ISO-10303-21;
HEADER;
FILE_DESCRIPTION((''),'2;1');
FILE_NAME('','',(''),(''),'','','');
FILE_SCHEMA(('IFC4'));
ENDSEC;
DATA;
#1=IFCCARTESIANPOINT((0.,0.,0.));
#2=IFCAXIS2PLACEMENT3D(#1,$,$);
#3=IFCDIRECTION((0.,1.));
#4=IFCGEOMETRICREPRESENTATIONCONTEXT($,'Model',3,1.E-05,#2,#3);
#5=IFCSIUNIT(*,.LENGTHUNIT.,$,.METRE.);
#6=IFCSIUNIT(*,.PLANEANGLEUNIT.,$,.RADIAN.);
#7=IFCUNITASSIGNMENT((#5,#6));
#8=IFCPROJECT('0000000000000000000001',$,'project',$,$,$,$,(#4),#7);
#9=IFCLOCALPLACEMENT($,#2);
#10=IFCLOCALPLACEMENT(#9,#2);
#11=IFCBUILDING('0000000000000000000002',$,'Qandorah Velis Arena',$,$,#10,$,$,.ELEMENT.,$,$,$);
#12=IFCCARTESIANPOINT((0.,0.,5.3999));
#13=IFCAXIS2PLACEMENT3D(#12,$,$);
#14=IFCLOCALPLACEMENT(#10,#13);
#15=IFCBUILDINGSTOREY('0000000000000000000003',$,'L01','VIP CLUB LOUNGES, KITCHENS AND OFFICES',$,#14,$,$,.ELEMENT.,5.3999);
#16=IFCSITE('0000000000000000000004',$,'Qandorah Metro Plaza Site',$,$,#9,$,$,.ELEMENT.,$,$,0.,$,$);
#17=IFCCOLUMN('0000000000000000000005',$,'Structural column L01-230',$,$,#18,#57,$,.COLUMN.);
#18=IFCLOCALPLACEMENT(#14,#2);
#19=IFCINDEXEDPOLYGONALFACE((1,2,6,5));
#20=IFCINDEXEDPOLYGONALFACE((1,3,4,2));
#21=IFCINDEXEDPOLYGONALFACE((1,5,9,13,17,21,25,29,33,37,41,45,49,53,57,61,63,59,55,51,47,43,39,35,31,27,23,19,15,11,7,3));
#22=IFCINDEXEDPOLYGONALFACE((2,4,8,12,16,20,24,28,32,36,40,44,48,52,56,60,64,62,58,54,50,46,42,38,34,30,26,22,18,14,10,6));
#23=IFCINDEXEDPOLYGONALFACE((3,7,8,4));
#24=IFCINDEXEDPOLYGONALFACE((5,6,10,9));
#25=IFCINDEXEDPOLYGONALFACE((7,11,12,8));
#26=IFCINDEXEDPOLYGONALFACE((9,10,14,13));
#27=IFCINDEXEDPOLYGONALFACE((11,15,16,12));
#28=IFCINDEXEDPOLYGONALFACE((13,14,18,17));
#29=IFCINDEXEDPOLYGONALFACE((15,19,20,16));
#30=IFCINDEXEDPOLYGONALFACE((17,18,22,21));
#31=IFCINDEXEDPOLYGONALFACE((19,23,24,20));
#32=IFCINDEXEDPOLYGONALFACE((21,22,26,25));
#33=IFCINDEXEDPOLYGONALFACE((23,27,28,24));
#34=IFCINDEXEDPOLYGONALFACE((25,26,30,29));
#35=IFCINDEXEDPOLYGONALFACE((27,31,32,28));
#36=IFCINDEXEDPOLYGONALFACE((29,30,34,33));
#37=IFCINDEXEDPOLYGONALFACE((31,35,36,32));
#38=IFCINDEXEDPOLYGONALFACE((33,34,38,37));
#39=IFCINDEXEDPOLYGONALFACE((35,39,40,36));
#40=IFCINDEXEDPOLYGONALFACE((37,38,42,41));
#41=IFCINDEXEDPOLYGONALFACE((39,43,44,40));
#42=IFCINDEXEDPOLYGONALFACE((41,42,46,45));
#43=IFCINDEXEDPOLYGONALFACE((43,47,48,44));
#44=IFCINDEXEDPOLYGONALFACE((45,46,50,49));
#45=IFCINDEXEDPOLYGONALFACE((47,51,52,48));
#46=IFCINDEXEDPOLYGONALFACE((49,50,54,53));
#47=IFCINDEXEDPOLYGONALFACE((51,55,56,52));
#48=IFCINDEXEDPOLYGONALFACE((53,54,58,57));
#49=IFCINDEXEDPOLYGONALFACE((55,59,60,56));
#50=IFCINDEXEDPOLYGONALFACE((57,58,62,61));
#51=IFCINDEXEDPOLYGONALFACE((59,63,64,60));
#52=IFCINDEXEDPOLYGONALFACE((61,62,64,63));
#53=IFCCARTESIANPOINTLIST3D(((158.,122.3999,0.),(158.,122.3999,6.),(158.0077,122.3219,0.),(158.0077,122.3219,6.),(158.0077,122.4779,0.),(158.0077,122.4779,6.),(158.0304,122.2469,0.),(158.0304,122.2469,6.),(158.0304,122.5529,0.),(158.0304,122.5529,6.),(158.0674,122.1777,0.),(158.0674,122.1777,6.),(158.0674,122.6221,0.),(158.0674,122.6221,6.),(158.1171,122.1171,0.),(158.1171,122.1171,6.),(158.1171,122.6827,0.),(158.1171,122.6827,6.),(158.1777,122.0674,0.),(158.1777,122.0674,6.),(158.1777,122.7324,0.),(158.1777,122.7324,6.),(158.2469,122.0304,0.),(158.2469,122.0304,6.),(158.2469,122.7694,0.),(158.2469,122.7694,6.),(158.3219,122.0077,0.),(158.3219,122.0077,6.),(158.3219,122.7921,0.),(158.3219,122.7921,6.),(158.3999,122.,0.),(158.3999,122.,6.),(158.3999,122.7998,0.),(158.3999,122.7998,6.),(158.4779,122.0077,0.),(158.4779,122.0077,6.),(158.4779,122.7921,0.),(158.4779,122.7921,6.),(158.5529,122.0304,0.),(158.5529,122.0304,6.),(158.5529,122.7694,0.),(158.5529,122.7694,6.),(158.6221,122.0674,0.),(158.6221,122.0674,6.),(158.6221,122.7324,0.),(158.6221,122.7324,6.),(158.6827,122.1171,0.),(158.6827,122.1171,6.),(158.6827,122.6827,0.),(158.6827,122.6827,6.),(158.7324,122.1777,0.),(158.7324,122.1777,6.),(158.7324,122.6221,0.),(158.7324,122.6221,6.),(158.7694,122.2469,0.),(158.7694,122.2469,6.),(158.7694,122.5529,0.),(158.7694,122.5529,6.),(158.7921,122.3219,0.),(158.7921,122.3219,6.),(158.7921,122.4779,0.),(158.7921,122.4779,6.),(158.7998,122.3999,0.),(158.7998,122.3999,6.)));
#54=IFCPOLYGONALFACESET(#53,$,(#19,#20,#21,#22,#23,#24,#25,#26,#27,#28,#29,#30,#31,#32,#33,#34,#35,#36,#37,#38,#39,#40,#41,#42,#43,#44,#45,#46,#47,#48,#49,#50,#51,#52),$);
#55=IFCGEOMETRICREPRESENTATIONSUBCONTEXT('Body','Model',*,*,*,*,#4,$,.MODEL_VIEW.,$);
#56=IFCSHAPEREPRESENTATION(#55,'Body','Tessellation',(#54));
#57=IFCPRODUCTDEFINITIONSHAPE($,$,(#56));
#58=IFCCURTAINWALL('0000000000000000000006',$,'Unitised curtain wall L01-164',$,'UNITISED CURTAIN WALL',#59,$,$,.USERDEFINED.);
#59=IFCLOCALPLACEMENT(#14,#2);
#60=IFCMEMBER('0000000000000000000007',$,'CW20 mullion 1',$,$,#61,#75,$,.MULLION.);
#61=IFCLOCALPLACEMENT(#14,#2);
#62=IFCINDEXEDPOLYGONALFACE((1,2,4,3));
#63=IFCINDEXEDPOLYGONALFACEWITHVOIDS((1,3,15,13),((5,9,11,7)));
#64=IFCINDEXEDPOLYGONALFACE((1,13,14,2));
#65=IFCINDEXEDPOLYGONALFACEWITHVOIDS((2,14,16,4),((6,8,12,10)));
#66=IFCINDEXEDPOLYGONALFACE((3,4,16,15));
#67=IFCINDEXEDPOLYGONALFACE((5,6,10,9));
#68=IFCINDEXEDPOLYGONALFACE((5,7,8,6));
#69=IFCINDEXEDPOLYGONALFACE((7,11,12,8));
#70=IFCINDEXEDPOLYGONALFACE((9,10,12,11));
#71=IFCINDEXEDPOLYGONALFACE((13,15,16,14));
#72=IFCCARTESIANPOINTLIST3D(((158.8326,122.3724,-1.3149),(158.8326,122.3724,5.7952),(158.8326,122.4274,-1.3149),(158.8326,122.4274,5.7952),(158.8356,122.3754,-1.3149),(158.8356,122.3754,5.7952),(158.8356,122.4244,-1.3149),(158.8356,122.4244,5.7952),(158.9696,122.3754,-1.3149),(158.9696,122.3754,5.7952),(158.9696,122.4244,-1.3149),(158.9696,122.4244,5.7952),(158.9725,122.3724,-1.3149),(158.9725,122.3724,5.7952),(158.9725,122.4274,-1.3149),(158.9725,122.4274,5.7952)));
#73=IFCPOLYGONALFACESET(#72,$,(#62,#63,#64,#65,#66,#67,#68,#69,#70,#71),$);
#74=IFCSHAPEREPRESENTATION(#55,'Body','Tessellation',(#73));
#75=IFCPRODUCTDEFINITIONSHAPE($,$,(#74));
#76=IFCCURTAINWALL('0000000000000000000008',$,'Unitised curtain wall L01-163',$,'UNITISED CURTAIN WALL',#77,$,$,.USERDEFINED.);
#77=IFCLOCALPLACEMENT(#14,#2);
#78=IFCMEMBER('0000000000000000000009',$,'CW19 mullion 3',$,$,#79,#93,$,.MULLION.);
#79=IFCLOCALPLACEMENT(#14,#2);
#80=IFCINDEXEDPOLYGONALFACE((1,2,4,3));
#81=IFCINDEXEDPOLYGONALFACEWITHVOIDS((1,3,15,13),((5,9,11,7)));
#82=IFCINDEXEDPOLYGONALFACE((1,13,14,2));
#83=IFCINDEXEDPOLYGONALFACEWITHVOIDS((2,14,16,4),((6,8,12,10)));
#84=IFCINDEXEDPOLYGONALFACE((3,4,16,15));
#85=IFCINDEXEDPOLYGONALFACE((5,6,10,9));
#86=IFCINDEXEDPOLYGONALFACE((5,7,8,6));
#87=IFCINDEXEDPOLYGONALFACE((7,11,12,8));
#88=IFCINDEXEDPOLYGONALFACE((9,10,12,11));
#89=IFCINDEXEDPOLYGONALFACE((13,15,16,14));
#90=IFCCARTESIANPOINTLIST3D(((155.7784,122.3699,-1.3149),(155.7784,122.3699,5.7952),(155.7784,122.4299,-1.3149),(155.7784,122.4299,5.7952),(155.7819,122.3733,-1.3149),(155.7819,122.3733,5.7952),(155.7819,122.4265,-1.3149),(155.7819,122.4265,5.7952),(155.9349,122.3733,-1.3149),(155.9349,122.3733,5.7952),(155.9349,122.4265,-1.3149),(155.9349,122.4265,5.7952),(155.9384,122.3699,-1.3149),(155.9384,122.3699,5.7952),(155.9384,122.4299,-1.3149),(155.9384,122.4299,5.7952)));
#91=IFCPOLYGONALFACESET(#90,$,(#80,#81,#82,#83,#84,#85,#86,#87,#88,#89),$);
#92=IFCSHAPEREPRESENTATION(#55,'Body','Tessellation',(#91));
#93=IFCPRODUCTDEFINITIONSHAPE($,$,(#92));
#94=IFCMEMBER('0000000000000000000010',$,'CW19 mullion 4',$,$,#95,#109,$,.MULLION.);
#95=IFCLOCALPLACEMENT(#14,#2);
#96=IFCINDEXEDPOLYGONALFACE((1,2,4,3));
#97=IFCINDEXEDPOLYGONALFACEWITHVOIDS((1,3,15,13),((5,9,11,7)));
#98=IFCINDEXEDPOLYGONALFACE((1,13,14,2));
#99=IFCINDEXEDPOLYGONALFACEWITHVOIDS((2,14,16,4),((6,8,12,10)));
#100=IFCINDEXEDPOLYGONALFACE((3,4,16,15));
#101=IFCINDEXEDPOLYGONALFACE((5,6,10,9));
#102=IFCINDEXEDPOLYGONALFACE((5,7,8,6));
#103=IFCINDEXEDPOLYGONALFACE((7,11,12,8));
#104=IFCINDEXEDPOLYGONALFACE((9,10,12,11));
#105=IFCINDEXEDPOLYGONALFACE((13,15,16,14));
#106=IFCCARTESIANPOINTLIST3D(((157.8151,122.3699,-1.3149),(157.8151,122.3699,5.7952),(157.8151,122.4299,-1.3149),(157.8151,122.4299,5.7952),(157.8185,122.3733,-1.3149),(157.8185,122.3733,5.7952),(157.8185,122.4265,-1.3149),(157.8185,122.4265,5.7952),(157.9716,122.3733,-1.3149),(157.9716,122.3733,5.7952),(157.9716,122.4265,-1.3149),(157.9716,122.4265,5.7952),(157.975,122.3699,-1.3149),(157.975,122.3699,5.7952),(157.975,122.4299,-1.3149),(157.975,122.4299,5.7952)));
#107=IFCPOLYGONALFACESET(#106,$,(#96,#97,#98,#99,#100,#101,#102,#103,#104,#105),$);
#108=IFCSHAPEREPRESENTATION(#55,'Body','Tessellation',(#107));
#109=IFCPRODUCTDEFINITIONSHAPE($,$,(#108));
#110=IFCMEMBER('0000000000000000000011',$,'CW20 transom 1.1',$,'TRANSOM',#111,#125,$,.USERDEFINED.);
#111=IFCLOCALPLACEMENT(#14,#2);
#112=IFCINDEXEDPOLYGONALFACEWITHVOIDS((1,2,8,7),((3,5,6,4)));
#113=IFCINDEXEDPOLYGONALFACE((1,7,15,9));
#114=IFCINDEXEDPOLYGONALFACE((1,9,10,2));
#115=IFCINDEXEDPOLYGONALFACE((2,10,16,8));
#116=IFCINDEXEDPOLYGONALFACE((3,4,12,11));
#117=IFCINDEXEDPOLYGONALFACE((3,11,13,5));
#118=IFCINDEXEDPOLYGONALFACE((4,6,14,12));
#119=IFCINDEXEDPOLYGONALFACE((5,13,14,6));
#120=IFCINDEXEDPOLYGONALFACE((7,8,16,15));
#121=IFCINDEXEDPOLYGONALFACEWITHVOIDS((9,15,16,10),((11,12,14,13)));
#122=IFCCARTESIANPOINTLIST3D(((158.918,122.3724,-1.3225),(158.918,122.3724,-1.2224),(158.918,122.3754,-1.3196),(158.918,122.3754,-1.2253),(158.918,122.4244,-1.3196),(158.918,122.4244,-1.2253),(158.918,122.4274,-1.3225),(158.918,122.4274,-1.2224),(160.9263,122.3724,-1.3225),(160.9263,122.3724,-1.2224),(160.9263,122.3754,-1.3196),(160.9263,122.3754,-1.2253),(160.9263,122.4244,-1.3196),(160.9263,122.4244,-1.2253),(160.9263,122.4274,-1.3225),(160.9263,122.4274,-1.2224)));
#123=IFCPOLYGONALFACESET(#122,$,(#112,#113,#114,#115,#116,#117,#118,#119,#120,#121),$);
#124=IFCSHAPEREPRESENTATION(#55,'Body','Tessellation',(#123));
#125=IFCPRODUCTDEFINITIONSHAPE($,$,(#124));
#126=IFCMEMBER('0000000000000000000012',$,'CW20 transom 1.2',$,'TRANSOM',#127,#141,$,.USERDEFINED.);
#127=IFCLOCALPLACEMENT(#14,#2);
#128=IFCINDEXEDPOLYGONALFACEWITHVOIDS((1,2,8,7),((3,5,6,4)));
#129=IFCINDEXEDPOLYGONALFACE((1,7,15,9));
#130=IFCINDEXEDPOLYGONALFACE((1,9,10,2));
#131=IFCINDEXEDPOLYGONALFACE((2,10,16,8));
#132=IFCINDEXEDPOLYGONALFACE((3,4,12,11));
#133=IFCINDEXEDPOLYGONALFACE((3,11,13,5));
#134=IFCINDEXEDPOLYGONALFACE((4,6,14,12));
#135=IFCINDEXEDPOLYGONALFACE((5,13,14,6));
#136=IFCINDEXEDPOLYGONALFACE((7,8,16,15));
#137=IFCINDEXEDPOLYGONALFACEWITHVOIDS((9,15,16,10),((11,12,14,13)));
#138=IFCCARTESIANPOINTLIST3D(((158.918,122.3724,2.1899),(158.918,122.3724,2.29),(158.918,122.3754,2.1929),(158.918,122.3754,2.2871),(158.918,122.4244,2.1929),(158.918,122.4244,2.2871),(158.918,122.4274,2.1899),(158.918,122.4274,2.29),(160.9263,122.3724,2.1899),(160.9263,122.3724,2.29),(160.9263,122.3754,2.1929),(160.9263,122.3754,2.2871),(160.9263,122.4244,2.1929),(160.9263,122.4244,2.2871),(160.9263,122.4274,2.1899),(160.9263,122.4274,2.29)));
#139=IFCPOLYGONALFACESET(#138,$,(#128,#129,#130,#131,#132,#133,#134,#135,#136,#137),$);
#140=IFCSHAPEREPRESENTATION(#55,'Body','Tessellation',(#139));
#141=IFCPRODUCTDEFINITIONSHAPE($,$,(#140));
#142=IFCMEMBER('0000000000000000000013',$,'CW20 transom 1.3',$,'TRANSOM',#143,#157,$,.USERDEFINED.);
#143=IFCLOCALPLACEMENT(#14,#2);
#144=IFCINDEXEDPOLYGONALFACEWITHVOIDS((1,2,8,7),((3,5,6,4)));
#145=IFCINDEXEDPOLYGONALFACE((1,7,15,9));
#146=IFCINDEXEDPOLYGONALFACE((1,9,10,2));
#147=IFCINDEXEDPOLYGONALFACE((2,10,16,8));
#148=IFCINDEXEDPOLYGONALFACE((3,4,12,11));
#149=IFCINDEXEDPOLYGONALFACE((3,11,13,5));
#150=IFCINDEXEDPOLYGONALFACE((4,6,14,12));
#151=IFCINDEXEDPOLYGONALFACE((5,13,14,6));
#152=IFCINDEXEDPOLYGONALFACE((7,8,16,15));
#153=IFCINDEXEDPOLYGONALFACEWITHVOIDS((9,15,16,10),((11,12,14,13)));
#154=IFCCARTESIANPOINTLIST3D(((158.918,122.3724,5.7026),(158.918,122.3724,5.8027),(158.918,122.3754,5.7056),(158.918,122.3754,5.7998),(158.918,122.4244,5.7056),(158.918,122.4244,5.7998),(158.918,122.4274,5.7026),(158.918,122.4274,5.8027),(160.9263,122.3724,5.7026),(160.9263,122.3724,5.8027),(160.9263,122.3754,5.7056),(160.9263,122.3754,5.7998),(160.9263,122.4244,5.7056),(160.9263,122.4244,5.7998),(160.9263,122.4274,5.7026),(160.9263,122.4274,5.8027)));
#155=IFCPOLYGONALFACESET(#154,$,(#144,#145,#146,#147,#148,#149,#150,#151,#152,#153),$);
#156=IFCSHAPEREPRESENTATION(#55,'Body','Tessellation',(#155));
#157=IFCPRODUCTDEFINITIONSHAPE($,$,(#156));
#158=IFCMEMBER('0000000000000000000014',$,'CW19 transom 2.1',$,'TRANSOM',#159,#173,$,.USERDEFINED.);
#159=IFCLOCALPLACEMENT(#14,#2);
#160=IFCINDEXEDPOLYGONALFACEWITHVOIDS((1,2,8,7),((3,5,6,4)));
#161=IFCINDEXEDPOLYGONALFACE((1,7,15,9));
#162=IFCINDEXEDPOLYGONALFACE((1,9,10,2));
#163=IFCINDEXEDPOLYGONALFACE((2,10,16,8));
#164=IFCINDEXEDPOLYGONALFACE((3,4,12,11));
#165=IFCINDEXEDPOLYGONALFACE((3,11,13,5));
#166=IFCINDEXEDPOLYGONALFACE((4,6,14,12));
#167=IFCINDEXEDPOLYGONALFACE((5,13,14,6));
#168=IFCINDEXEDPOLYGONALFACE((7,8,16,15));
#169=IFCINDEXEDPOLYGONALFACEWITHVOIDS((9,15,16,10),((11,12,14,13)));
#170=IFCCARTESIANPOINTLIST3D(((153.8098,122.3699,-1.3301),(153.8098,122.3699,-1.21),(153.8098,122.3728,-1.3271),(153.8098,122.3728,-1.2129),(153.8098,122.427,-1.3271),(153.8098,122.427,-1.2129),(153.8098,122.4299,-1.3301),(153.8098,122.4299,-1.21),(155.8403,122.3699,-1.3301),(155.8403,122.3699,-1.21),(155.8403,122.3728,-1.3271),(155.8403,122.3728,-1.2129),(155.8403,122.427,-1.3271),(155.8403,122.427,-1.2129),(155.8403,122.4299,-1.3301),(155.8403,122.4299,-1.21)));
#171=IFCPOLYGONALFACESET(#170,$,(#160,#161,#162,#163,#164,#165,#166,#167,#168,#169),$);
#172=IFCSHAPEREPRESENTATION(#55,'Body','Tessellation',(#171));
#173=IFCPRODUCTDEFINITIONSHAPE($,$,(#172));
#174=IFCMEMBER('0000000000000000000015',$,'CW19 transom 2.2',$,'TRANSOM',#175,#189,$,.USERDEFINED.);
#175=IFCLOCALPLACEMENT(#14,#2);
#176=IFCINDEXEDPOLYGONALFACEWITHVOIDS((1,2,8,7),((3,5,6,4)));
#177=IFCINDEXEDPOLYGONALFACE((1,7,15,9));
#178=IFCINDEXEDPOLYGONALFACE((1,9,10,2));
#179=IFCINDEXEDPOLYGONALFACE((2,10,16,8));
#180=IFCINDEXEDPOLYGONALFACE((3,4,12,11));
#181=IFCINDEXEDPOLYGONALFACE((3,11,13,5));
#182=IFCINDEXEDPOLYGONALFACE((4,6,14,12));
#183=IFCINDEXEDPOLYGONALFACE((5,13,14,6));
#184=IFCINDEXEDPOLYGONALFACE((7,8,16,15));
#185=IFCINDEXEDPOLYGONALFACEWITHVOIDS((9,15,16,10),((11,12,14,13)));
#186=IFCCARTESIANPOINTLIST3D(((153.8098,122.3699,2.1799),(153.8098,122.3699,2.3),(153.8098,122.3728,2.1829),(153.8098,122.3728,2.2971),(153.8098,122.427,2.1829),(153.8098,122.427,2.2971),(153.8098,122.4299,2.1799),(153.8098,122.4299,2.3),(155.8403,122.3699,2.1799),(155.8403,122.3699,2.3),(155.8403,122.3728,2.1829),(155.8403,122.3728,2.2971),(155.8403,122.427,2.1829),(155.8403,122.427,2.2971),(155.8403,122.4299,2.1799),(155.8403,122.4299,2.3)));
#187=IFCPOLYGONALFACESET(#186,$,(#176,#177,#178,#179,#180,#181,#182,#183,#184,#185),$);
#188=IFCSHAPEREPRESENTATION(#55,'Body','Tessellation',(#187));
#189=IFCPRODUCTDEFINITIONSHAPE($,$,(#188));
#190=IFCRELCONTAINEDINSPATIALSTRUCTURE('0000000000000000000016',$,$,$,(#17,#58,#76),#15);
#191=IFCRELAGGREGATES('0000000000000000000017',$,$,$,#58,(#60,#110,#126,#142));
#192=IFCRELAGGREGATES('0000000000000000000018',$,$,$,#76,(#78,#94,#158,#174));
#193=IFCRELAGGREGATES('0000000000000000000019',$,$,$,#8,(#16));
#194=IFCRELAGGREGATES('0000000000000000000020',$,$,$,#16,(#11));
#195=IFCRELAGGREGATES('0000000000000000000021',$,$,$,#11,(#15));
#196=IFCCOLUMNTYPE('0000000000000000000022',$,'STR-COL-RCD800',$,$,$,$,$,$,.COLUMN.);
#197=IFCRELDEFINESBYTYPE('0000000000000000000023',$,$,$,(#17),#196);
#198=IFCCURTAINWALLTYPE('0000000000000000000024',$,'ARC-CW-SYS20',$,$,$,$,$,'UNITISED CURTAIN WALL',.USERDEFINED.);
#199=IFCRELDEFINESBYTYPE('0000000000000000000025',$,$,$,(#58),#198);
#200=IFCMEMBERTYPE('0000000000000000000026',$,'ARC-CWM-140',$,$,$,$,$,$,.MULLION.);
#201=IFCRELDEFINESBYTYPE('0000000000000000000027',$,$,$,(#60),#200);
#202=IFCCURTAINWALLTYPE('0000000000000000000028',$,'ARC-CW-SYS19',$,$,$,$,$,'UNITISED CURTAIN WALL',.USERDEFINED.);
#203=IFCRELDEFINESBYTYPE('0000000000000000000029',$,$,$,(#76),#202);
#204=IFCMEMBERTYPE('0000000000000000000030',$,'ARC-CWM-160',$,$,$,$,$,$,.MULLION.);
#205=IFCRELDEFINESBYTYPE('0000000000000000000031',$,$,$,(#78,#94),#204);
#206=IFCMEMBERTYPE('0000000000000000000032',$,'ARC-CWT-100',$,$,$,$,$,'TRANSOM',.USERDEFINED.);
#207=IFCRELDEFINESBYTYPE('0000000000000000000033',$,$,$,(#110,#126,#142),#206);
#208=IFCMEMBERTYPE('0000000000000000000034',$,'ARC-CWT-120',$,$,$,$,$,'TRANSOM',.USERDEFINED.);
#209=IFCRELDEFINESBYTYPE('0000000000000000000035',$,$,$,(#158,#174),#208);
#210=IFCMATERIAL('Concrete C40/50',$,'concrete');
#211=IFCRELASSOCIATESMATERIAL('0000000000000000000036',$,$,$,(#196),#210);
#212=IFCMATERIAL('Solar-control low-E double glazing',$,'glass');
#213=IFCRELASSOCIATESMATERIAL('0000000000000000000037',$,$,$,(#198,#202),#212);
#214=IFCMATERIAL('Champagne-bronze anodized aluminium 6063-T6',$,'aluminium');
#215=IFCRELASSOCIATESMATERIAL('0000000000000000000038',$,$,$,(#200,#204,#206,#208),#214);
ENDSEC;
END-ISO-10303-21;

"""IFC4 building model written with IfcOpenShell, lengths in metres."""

from ifc_helpers import new_model, si_unit, direction, frame, origin, origin_2d, place, context, subcontext, project, spatial, hollow_rectangle, circle, extrude, material, material_profile, profile_set, type_object, element, aggregate, save


model = new_model("IFC4")

# Units and contexts
model_context = context("Model", 3, precision=1e-05, world=origin(), true_north=direction((0.0, 1.0)))
body_context = subcontext(model_context, "Body", "Model", "MODEL_VIEW")
ifc_project = project(units=[si_unit("LENGTHUNIT", "METRE"), si_unit("PLANEANGLEUNIT", "RADIAN")], contexts=[model_context])

# Site, building, storey
site_placement = place(None, origin())
site = spatial("IfcSite", under=ifc_project, at=site_placement, Name="Qandorah Metro Plaza Site", CompositionType="ELEMENT", RefElevation=0.0)
building_placement = place(site_placement, origin())
building = spatial("IfcBuilding", under=site, at=building_placement, Name="Qandorah Velis Arena", CompositionType="ELEMENT")
storey_placement = place(building_placement, frame((0.0, 0.0, 5.3999)))
storey = spatial("IfcBuildingStorey", under=building, at=storey_placement, Name="L01", Description="VIP CLUB LOUNGES, KITCHENS AND OFFICES", CompositionType="ELEMENT", Elevation=5.3999)

# Column
ifc_material_1 = material(Name="Concrete C40/50", Category="concrete")
ifc_material_profile_1 = material_profile(ifc_material_1, circle(Radius=0.3999, at=origin_2d()), Name="RC D800")
ifc_profile_set_1 = profile_set([ifc_material_profile_1], Name="Concrete C40/50")
column_type = type_object("IfcColumnType", Name="STR-COL-RCD800", PredefinedType="COLUMN", material=ifc_profile_set_1)
column_placement = place(storey_placement, frame((158.3999, 122.3999, 0.0), z_axis=(0.0, 0.0, 1.0), x_axis=(1.0, 0.0, 0.0)))
element("IfcColumn", 1, at=column_placement, inside=storey, type_object=column_type, Name="Structural column L01-230", PredefinedType="COLUMN", context=body_context, shape_type="SweptSolid", body=[
    extrude(circle(Radius=0.3999, at=origin_2d()), origin(), (0.0, 0.0, 1.0), 6.0),
])

# Curtain wall, member
ifc_material_2 = material(Name="Solar-control low-E double glazing", Category="glass")
curtain_wall_type_1 = type_object("IfcCurtainWallType", Name="ARC-CW-SYS20", ElementType="UNITISED CURTAIN WALL", PredefinedType="USERDEFINED", material=ifc_material_2)
curtain_wall_1_placement = place(storey_placement, origin())
curtain_wall_1 = element("IfcCurtainWall", 2, at=curtain_wall_1_placement, inside=storey, type_object=curtain_wall_type_1, Name="Unitised curtain wall L01-164", ObjectType="UNITISED CURTAIN WALL", PredefinedType="USERDEFINED")
ifc_material_3 = material(Name="Champagne-bronze anodized aluminium 6063-T6", Category="aluminium")
ifc_material_profile_2 = material_profile(ifc_material_3, hollow_rectangle(XDim=0.0549, YDim=0.1399, WallThickness=0.0029, at=origin_2d()), Name="ALU MULLION 55x140")
ifc_profile_set_2 = profile_set([ifc_material_profile_2], Name="Champagne-bronze anodized aluminium 6063-T6")
member_type_1 = type_object("IfcMemberType", Name="ARC-CWM-140", PredefinedType="MULLION", material=ifc_profile_set_2)
member_1_placement = place(storey_placement, frame((158.9026, 122.3999, -1.3149), z_axis=(0.0, 0.0, 1.0), x_axis=(0.0, 1.0, 0.0)))
member_1 = element("IfcMember", 3, at=member_1_placement, type_object=member_type_1, Name="CW20 mullion 1", PredefinedType="MULLION", context=body_context, shape_type="SweptSolid", body=[
    extrude(hollow_rectangle(XDim=0.0549, YDim=0.1399, WallThickness=0.0029, at=origin_2d()), origin(), (0.0, 0.0, 1.0), 7.1101),
])

# Curtain wall, members
curtain_wall_type_2 = type_object("IfcCurtainWallType", Name="ARC-CW-SYS19", ElementType="UNITISED CURTAIN WALL", PredefinedType="USERDEFINED", material=ifc_material_2)
curtain_wall_2_placement = place(storey_placement, origin())
curtain_wall_2 = element("IfcCurtainWall", 4, at=curtain_wall_2_placement, inside=storey, type_object=curtain_wall_type_2, Name="Unitised curtain wall L01-163", ObjectType="UNITISED CURTAIN WALL", PredefinedType="USERDEFINED")
ifc_material_profile_3 = material_profile(ifc_material_3, hollow_rectangle(XDim=0.0601, YDim=0.1599, WallThickness=0.0034, at=origin_2d()), Name="ALU MULLION 60x160")
ifc_profile_set_3 = profile_set([ifc_material_profile_3], Name="Champagne-bronze anodized aluminium 6063-T6")
member_type_2 = type_object("IfcMemberType", Name="ARC-CWM-160", PredefinedType="MULLION", material=ifc_profile_set_3)
member_2_placement = place(storey_placement, frame((155.8584, 122.3999, -1.3149), z_axis=(0.0, 0.0, 1.0), x_axis=(0.0, 1.0, 0.0)))
member_2 = element("IfcMember", 5, at=member_2_placement, type_object=member_type_2, Name="CW19 mullion 3", PredefinedType="MULLION", context=body_context, shape_type="SweptSolid", body=[
    extrude(hollow_rectangle(XDim=0.0601, YDim=0.1599, WallThickness=0.0034, at=origin_2d()), origin(), (0.0, 0.0, 1.0), 7.1101),
])
member_3_placement = place(storey_placement, frame((157.895, 122.3999, -1.3149), z_axis=(0.0, 0.0, 1.0), x_axis=(0.0, 1.0, 0.0)))
member_3 = element("IfcMember", 6, at=member_3_placement, type_object=member_type_2, Name="CW19 mullion 4", PredefinedType="MULLION", context=body_context, shape_type="SweptSolid", body=[
    extrude(hollow_rectangle(XDim=0.0601, YDim=0.1599, WallThickness=0.0034, at=origin_2d()), origin(), (0.0, 0.0, 1.0), 7.1101),
])

# Members
ifc_material_profile_4 = material_profile(ifc_material_3, hollow_rectangle(XDim=0.0549, YDim=0.1001, WallThickness=0.0029, at=origin_2d()), Name="ALU TRANSOM 55x100")
ifc_profile_set_4 = profile_set([ifc_material_profile_4], Name="Champagne-bronze anodized aluminium 6063-T6")
member_type_3 = type_object("IfcMemberType", Name="ARC-CWT-100", ElementType="TRANSOM", PredefinedType="USERDEFINED", material=ifc_profile_set_4)
member_4_placement = place(storey_placement, frame((158.918, 122.3999, -1.2725), z_axis=(1.0, 0.0, 0.0), x_axis=(0.0, 1.0, 0.0)))
member_4 = element("IfcMember", 7, at=member_4_placement, type_object=member_type_3, Name="CW20 transom 1.1", ObjectType="TRANSOM", PredefinedType="USERDEFINED", context=body_context, shape_type="SweptSolid", body=[
    extrude(hollow_rectangle(XDim=0.0549, YDim=0.1001, WallThickness=0.0029, at=origin_2d()), origin(), (0.0, 0.0, 1.0), 2.0083),
])
member_5_placement = place(storey_placement, frame((158.918, 122.3999, 2.24), z_axis=(1.0, 0.0, 0.0), x_axis=(0.0, 1.0, 0.0)))
member_5 = element("IfcMember", 8, at=member_5_placement, type_object=member_type_3, Name="CW20 transom 1.2", ObjectType="TRANSOM", PredefinedType="USERDEFINED", context=body_context, shape_type="SweptSolid", body=[
    extrude(hollow_rectangle(XDim=0.0549, YDim=0.1001, WallThickness=0.0029, at=origin_2d()), origin(), (0.0, 0.0, 1.0), 2.0083),
])
member_6_placement = place(storey_placement, frame((158.918, 122.3999, 5.7527), z_axis=(1.0, 0.0, 0.0), x_axis=(0.0, 1.0, 0.0)))
member_6 = element("IfcMember", 9, at=member_6_placement, type_object=member_type_3, Name="CW20 transom 1.3", ObjectType="TRANSOM", PredefinedType="USERDEFINED", context=body_context, shape_type="SweptSolid", body=[
    extrude(hollow_rectangle(XDim=0.0549, YDim=0.1001, WallThickness=0.0029, at=origin_2d()), origin(), (0.0, 0.0, 1.0), 2.0083),
])
ifc_material_profile_5 = material_profile(ifc_material_3, hollow_rectangle(XDim=0.0601, YDim=0.1201, WallThickness=0.0029, at=origin_2d()), Name="ALU TRANSOM 60x120")
ifc_profile_set_5 = profile_set([ifc_material_profile_5], Name="Champagne-bronze anodized aluminium 6063-T6")
member_type_4 = type_object("IfcMemberType", Name="ARC-CWT-120", ElementType="TRANSOM", PredefinedType="USERDEFINED", material=ifc_profile_set_5)
member_7_placement = place(storey_placement, frame((153.8098, 122.3999, -1.27), z_axis=(1.0, 0.0, 0.0), x_axis=(0.0, 1.0, 0.0)))
member_7 = element("IfcMember", 10, at=member_7_placement, type_object=member_type_4, Name="CW19 transom 2.1", ObjectType="TRANSOM", PredefinedType="USERDEFINED", context=body_context, shape_type="SweptSolid", body=[
    extrude(hollow_rectangle(XDim=0.0601, YDim=0.1201, WallThickness=0.0029, at=origin_2d()), origin(), (0.0, 0.0, 1.0), 2.0305),
])
member_8_placement = place(storey_placement, frame((153.8098, 122.3999, 2.24), z_axis=(1.0, 0.0, 0.0), x_axis=(0.0, 1.0, 0.0)))
member_8 = element("IfcMember", 11, at=member_8_placement, type_object=member_type_4, Name="CW19 transom 2.2", ObjectType="TRANSOM", PredefinedType="USERDEFINED", context=body_context, shape_type="SweptSolid", body=[
    extrude(hollow_rectangle(XDim=0.0601, YDim=0.1201, WallThickness=0.0029, at=origin_2d()), origin(), (0.0, 0.0, 1.0), 2.0305),
])

aggregate(curtain_wall_1, [member_1, member_4, member_5, member_6])
aggregate(curtain_wall_2, [member_2, member_3, member_7, member_8])

save(model, "model.ifc")
